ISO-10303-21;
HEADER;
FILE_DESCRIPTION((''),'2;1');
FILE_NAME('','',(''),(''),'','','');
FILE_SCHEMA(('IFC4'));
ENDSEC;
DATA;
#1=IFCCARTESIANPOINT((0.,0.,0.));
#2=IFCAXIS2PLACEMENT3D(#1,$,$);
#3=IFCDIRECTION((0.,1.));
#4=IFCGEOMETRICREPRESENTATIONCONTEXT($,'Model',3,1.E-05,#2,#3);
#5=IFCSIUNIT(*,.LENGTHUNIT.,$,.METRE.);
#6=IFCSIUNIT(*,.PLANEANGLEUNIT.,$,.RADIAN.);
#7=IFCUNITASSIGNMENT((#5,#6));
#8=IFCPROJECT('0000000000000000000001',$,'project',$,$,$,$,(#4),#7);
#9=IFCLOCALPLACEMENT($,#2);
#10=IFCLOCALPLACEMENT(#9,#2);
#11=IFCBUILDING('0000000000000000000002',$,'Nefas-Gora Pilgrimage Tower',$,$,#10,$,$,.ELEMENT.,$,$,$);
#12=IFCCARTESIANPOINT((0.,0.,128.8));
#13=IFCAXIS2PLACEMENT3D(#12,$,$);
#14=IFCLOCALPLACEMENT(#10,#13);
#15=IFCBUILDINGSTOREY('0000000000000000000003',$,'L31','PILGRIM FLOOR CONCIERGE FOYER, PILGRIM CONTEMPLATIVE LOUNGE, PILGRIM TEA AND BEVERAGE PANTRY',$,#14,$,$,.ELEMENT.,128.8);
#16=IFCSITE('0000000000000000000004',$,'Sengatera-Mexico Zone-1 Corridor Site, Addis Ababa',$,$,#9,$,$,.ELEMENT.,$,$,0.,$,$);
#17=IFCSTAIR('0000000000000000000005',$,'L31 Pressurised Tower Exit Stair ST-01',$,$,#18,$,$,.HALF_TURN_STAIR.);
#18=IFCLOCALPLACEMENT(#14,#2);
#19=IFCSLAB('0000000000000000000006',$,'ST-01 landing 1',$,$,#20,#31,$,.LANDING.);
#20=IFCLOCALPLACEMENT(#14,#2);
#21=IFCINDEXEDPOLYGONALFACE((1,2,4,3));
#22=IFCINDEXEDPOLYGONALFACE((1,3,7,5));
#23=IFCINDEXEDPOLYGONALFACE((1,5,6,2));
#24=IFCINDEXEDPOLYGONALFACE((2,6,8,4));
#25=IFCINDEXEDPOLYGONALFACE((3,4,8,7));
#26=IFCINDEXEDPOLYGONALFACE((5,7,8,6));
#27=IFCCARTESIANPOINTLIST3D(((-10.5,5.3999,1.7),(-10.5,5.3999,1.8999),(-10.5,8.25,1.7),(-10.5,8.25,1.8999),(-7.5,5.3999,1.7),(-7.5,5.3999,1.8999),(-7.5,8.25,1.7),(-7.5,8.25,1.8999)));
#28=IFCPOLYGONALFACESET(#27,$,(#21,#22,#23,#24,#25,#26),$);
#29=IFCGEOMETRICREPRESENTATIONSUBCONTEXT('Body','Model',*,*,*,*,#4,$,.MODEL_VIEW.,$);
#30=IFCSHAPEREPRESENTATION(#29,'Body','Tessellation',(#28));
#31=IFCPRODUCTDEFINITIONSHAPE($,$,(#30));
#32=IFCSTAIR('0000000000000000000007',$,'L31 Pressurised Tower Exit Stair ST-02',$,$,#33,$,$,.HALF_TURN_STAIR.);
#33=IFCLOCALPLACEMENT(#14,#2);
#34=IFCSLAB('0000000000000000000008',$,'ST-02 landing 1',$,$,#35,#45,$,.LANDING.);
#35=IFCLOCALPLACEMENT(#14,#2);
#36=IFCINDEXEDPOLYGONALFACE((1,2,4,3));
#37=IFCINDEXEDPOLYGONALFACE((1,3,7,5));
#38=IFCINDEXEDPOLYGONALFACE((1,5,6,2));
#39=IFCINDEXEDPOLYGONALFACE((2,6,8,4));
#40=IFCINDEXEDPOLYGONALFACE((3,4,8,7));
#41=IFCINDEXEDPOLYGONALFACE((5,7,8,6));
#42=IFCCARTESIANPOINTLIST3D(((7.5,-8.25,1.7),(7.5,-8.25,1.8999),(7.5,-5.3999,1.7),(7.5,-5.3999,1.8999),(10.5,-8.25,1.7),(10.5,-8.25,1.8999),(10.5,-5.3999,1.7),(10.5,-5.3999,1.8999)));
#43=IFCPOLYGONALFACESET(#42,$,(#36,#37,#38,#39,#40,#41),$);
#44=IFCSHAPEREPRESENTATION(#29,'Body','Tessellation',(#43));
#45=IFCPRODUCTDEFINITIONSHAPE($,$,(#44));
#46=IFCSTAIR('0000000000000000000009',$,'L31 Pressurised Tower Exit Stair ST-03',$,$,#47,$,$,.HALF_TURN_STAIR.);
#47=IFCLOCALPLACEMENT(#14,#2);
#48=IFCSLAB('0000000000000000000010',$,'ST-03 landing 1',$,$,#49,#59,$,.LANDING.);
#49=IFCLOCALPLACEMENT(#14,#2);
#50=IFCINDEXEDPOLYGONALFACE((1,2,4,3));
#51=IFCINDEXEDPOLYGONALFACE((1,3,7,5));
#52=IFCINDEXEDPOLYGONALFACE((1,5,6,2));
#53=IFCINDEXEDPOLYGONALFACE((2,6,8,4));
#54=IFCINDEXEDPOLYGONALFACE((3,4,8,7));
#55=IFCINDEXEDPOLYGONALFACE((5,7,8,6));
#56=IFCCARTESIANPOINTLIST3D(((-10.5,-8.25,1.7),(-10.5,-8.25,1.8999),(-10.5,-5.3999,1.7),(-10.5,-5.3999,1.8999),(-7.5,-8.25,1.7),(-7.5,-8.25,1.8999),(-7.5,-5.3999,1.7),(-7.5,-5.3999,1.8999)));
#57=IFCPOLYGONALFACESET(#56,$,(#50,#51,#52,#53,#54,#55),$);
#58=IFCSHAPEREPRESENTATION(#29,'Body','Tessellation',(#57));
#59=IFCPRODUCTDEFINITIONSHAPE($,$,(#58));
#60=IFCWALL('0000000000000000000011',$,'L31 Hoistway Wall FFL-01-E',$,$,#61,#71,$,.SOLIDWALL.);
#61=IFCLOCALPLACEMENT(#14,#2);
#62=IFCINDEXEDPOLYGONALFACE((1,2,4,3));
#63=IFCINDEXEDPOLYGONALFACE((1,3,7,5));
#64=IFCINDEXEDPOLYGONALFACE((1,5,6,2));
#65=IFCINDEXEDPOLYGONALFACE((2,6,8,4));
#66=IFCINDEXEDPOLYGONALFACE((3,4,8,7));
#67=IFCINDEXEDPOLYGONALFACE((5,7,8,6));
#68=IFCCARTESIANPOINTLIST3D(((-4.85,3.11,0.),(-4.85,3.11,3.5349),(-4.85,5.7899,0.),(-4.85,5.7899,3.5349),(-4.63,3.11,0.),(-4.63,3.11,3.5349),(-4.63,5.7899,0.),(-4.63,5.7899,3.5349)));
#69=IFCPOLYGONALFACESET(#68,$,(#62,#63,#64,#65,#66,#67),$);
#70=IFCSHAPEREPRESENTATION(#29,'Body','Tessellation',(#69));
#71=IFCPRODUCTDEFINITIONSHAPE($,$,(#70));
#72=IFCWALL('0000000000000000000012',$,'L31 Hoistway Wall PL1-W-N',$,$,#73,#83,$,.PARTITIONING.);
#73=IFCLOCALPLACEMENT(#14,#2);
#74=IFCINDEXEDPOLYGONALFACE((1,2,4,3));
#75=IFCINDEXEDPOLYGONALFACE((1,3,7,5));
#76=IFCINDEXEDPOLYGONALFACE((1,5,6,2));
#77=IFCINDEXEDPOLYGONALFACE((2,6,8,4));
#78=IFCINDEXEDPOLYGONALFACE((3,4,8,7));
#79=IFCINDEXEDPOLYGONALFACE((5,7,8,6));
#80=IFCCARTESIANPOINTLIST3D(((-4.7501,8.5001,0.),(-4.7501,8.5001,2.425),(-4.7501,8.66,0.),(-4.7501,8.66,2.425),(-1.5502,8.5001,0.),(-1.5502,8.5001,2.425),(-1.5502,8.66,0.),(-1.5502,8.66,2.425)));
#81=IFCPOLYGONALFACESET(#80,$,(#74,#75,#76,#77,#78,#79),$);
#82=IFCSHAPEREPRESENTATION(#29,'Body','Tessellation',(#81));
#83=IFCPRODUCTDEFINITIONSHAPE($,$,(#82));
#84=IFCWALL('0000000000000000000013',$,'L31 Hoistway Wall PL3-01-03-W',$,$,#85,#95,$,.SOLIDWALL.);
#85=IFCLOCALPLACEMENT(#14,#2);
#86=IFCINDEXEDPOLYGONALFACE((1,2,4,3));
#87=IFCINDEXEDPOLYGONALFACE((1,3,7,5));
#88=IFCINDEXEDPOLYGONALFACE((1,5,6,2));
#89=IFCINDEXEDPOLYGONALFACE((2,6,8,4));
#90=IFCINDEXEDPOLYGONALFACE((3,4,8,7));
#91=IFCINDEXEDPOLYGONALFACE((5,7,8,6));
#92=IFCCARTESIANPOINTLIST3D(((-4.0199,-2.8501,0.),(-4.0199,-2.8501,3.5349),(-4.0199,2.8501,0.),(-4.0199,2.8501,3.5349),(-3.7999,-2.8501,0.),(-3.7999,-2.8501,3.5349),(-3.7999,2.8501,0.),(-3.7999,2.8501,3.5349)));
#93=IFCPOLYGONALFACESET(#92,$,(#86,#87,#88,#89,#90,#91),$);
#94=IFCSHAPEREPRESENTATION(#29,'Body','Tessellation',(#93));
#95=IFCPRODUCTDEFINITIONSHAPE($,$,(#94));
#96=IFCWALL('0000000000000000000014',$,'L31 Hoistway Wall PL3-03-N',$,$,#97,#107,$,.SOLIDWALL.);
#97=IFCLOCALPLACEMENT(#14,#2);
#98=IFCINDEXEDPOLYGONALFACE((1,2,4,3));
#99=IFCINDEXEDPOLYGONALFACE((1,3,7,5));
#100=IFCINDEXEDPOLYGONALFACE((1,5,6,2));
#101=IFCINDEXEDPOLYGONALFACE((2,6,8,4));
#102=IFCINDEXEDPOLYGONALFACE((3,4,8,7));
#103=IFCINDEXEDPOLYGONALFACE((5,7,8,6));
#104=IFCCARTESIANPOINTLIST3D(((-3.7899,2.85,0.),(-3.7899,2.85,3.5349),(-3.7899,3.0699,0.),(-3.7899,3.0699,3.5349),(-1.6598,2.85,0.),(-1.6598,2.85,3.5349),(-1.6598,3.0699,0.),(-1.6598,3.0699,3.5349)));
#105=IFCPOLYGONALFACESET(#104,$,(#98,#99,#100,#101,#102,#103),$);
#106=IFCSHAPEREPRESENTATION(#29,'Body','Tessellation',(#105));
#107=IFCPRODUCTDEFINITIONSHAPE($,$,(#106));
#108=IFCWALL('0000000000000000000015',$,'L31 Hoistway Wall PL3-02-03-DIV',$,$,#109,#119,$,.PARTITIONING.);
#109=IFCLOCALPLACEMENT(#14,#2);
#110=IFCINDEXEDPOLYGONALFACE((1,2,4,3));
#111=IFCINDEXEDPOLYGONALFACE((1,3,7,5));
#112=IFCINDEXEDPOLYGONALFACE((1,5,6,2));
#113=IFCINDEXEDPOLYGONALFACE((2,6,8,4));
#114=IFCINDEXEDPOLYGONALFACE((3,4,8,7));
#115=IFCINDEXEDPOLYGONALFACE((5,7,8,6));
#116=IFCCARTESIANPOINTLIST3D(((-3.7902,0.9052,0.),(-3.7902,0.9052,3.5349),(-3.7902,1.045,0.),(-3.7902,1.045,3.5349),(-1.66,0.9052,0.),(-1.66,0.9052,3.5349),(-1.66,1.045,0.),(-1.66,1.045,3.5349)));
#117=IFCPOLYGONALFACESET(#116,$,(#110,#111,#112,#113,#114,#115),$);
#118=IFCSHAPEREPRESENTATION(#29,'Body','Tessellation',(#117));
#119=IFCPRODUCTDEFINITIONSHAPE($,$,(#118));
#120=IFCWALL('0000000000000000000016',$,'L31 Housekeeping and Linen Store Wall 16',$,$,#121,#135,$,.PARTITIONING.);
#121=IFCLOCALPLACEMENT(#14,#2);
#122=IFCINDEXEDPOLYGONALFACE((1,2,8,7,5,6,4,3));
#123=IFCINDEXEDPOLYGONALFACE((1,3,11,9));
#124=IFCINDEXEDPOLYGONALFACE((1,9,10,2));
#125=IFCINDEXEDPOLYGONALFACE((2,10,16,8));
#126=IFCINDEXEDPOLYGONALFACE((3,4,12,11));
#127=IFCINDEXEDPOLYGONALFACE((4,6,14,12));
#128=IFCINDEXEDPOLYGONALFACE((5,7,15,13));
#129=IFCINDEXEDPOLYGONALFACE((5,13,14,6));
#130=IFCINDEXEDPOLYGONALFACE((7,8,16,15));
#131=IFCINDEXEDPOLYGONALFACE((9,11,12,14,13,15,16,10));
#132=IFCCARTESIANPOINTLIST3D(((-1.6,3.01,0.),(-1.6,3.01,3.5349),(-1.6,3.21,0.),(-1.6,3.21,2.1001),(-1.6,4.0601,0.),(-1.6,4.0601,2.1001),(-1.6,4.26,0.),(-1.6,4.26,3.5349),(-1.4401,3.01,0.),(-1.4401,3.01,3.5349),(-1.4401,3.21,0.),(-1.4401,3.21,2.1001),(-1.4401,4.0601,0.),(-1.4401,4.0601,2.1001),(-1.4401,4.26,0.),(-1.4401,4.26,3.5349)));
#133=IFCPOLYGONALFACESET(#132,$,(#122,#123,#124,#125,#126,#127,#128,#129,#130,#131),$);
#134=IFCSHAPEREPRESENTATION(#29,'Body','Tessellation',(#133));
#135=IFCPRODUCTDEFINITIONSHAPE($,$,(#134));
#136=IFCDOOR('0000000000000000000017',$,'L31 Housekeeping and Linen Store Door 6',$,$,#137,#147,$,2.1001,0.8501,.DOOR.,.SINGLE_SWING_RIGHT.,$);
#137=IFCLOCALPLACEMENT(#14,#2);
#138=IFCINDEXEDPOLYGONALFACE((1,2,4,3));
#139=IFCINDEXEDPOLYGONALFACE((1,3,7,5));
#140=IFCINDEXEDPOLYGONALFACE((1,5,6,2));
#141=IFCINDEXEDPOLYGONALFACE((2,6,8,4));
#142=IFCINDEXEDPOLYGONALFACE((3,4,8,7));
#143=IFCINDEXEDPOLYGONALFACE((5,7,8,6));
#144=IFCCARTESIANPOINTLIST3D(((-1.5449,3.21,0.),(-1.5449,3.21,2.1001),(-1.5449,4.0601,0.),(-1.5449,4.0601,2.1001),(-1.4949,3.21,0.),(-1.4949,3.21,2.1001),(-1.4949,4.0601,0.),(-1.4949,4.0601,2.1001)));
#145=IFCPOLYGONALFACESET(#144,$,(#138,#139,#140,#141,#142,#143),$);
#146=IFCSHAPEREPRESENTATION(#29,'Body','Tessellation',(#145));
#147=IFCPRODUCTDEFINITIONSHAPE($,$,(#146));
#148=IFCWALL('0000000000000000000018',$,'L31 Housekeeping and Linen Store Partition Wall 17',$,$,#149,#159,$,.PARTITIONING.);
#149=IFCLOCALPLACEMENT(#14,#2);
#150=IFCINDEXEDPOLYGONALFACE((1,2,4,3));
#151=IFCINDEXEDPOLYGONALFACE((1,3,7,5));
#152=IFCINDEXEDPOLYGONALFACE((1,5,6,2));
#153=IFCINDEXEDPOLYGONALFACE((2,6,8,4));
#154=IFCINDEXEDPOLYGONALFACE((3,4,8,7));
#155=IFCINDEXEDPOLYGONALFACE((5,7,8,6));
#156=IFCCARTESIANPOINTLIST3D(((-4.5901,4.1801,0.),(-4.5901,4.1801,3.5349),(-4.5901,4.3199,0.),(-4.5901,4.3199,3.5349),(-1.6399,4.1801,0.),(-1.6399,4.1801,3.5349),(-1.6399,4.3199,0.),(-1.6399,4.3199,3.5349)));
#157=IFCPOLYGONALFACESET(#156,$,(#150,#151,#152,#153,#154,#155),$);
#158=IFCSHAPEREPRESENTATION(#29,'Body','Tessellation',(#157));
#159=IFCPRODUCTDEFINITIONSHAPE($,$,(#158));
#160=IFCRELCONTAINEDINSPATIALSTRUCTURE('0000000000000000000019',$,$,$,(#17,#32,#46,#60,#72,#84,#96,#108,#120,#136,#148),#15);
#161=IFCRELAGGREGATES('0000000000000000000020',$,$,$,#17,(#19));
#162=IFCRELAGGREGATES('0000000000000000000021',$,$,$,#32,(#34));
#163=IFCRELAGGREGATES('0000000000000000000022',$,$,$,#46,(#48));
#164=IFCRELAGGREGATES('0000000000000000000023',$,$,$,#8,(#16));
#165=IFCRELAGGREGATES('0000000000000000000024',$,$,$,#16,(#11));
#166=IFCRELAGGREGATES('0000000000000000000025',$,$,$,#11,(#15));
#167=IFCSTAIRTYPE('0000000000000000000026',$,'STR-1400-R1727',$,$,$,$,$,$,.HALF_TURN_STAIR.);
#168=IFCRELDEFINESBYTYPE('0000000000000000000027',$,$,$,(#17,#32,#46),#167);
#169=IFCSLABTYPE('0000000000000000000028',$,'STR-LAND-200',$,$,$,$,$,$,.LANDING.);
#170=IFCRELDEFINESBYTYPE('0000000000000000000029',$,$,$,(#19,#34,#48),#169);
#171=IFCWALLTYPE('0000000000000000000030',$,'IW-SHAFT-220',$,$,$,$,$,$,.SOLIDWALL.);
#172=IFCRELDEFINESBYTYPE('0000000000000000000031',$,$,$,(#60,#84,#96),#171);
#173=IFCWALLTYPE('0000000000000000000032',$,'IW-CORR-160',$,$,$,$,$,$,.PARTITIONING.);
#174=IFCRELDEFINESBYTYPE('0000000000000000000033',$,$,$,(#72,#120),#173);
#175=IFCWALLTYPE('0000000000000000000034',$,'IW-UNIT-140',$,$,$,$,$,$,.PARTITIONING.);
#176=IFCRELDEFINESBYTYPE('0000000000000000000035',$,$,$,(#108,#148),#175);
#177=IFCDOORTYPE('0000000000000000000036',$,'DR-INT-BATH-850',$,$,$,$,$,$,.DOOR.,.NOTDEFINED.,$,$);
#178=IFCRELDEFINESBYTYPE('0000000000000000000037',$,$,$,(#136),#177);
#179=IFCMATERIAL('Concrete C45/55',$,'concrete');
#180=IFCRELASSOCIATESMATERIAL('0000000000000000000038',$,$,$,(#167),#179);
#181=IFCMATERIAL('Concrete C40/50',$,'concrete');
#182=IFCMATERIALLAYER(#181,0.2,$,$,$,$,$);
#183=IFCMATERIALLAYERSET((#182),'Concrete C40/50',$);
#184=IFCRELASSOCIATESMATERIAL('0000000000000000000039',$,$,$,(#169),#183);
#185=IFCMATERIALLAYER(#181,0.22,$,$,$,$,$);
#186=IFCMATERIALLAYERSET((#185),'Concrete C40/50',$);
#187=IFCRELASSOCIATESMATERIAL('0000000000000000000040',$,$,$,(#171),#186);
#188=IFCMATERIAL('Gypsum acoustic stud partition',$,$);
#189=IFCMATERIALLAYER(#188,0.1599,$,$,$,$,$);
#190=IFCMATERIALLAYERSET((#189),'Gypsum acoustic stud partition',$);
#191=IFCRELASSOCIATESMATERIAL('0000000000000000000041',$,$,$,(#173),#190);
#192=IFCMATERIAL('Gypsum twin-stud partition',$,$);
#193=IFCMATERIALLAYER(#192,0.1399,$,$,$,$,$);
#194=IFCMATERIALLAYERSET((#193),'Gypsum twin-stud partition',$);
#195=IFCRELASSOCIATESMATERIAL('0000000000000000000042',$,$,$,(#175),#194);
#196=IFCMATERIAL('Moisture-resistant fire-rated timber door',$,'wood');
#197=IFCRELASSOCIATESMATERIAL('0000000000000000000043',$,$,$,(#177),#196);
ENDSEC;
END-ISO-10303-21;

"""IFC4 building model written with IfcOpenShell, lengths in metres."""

from ifc_helpers import new_model, si_unit, direction, frame, frame_2d, origin, place, context, subcontext, project, spatial, polyline, rectangle, outline, extrude, source, transform, mapped, material, layer, layer_set, type_object, element, fill, aggregate, save


model = new_model("IFC4")

# Units and contexts
model_context = context("Model", 3, precision=1e-05, world=origin(), true_north=direction((0.0, 1.0)))
body_context = subcontext(model_context, "Body", "Model", "MODEL_VIEW")
ifc_project = project(units=[si_unit("LENGTHUNIT", "METRE"), si_unit("PLANEANGLEUNIT", "RADIAN")], contexts=[model_context])

# Site, building, storey
site_placement = place(None, origin())
site = spatial("IfcSite", under=ifc_project, at=site_placement, Name="Sengatera-Mexico Zone-1 Corridor Site, Addis Ababa", CompositionType="ELEMENT", RefElevation=0.0)
building_placement = place(site_placement, origin())
building = spatial("IfcBuilding", under=site, at=building_placement, Name="Nefas-Gora Pilgrimage Tower", CompositionType="ELEMENT")
storey_placement = place(building_placement, frame((0.0, 0.0, 128.8)))
storey = spatial("IfcBuildingStorey", under=building, at=storey_placement, Name="L31", Description="PILGRIM FLOOR CONCIERGE FOYER, PILGRIM CONTEMPLATIVE LOUNGE, PILGRIM TEA AND BEVERAGE PANTRY", CompositionType="ELEMENT", Elevation=128.8)

# Shared definitions
ifc_material_1 = material(Name="Concrete C40/50", Category="concrete")

# Stairs, slabs
ifc_material_2 = material(Name="Concrete C45/55", Category="concrete")
stair_type = type_object("IfcStairType", Name="STR-1400-R1727", PredefinedType="HALF_TURN_STAIR", material=ifc_material_2)
stair_1_placement = place(storey_placement, origin())
stair_1 = element("IfcStair", 1, at=stair_1_placement, inside=storey, type_object=stair_type, Name="L31 Pressurised Tower Exit Stair ST-01", PredefinedType="HALF_TURN_STAIR")
ifc_layer_1 = layer(ifc_material_1, 0.2)
ifc_layer_set_1 = layer_set([ifc_layer_1], Name="Concrete C40/50")
slab_type_1 = type_object("IfcSlabType", Name="STR-LAND-200", PredefinedType="LANDING", material=ifc_layer_set_1)
slab_1_placement = place(storey_placement, frame((0.0, 0.0, 1.7)))
slab_1 = element("IfcSlab", 2, at=slab_1_placement, type_object=slab_type_1, Name="ST-01 landing 1", PredefinedType="LANDING", context=body_context, shape_type="SweptSolid", body=[
    extrude(outline(polyline([(-7.5, 5.3999), (-7.5, 8.25), (-10.5, 8.25), (-10.5, 5.3999), (-7.5, 5.3999)])), origin(), (0.0, 0.0, 1.0), 0.2),
])
aggregate(stair_1, [slab_1])
stair_2_placement = place(storey_placement, origin())
stair_2 = element("IfcStair", 3, at=stair_2_placement, inside=storey, type_object=stair_type, Name="L31 Pressurised Tower Exit Stair ST-02", PredefinedType="HALF_TURN_STAIR")
slab_2_placement = place(storey_placement, frame((0.0, 0.0, 1.7)))
slab_2 = element("IfcSlab", 4, at=slab_2_placement, type_object=slab_type_1, Name="ST-02 landing 1", PredefinedType="LANDING", context=body_context, shape_type="SweptSolid", body=[
    extrude(outline(polyline([(7.5, -5.3999), (7.5, -8.25), (10.5, -8.25), (10.5, -5.3999), (7.5, -5.3999)])), origin(), (0.0, 0.0, 1.0), 0.2),
])
aggregate(stair_2, [slab_2])
stair_3_placement = place(storey_placement, origin())
stair_3 = element("IfcStair", 5, at=stair_3_placement, inside=storey, type_object=stair_type, Name="L31 Pressurised Tower Exit Stair ST-03", PredefinedType="HALF_TURN_STAIR")
slab_3_placement = place(storey_placement, frame((0.0, 0.0, 1.7)))
slab_3 = element("IfcSlab", 6, at=slab_3_placement, type_object=slab_type_1, Name="ST-03 landing 1", PredefinedType="LANDING", context=body_context, shape_type="SweptSolid", body=[
    extrude(outline(polyline([(-10.5, -5.3999), (-10.5, -8.25), (-7.5, -8.25), (-7.5, -5.3999), (-10.5, -5.3999)])), origin(), (0.0, 0.0, 1.0), 0.2),
])
aggregate(stair_3, [slab_3])

# Walls
ifc_layer_2 = layer(ifc_material_1, 0.22)
ifc_layer_set_2 = layer_set([ifc_layer_2], Name="Concrete C40/50")
wall_type_1 = type_object("IfcWallType", Name="IW-SHAFT-220", PredefinedType="SOLIDWALL", material=ifc_layer_set_2)
shared_shape_1 = source(origin(), body_context, "Body", "SweptSolid", [
    extrude(rectangle(XDim=2.6799, YDim=0.22, at=frame_2d((1.3398, 0.0))), origin(), (0.0, 0.0, 1.0), 3.5349),
])
wall_1_placement = place(storey_placement, frame((-4.74, 3.1101, 0.0), z_axis=(0.0, 0.0, 1.0), x_axis=(0.0, 1.0, 0.0)))
element("IfcWall", 7, at=wall_1_placement, inside=storey, type_object=wall_type_1, Name="L31 Hoistway Wall FFL-01-E", PredefinedType="SOLIDWALL", context=body_context, shape_type="MappedRepresentation", body=[
    mapped(shared_shape_1, transform((0.0, 0.0, 0.0), x_axis=(1.0, 0.0, 0.0), y_axis=(0.0, 1.0, 0.0), z_axis=(0.0, 0.0, 1.0), scale=1.0)),
])
ifc_material_3 = material(Name="Gypsum acoustic stud partition")
ifc_layer_3 = layer(ifc_material_3, 0.1599)
ifc_layer_set_3 = layer_set([ifc_layer_3], Name="Gypsum acoustic stud partition")
wall_type_2 = type_object("IfcWallType", Name="IW-CORR-160", PredefinedType="PARTITIONING", material=ifc_layer_set_3)
shared_shape_2 = source(origin(), body_context, "Body", "SweptSolid", [
    extrude(rectangle(XDim=3.2, YDim=0.1599, at=frame_2d((1.6001, 0.0))), origin(), (0.0, 0.0, 1.0), 2.425),
])
wall_2_placement = place(storey_placement, frame((-1.55, 8.5801, 0.0), z_axis=(0.0, 0.0, 1.0), x_axis=(-1.0, 0.0, 0.0)))
element("IfcWall", 8, at=wall_2_placement, inside=storey, type_object=wall_type_2, Name="L31 Hoistway Wall PL1-W-N", PredefinedType="PARTITIONING", context=body_context, shape_type="MappedRepresentation", body=[
    mapped(shared_shape_2, transform((0.0, 0.0, 0.0), x_axis=(1.0, 0.0, 0.0), y_axis=(0.0, 1.0, 0.0), z_axis=(0.0, 0.0, 1.0), scale=1.0)),
])
ifc_material_4 = material(Name="Gypsum twin-stud partition")
ifc_layer_4 = layer(ifc_material_4, 0.1399)
ifc_layer_set_4 = layer_set([ifc_layer_4], Name="Gypsum twin-stud partition")
wall_type_3 = type_object("IfcWallType", Name="IW-UNIT-140", PredefinedType="PARTITIONING", material=ifc_layer_set_4)
shared_shape_3 = source(origin(), body_context, "Body", "SweptSolid", [
    extrude(rectangle(XDim=5.7002, YDim=0.22, at=frame_2d((2.8501, 0.0))), origin(), (0.0, 0.0, 1.0), 3.5349),
])
wall_3_placement = place(storey_placement, frame((-3.9099, 2.8501, 0.0), z_axis=(0.0, 0.0, 1.0), x_axis=(0.0, -1.0, 0.0)))
element("IfcWall", 9, at=wall_3_placement, inside=storey, type_object=wall_type_1, Name="L31 Hoistway Wall PL3-01-03-W", PredefinedType="SOLIDWALL", context=body_context, shape_type="MappedRepresentation", body=[
    mapped(shared_shape_3, transform((0.0, 0.0, 0.0), x_axis=(1.0, 0.0, 0.0), y_axis=(0.0, 1.0, 0.0), z_axis=(0.0, 0.0, 1.0), scale=1.0)),
])
shared_shape_4 = source(origin(), body_context, "Body", "SweptSolid", [
    extrude(rectangle(XDim=2.1301, YDim=0.22, at=frame_2d((1.0649, 0.0))), origin(), (0.0, 0.0, 1.0), 3.5349),
])
wall_4_placement = place(storey_placement, frame((-1.6599, 2.96, 0.0), z_axis=(0.0, 0.0, 1.0), x_axis=(-1.0, 0.0, 0.0)))
element("IfcWall", 10, at=wall_4_placement, inside=storey, type_object=wall_type_1, Name="L31 Hoistway Wall PL3-03-N", PredefinedType="SOLIDWALL", context=body_context, shape_type="MappedRepresentation", body=[
    mapped(shared_shape_4, transform((0.0, 0.0, 0.0), x_axis=(1.0, 0.0, 0.0), y_axis=(0.0, 1.0, 0.0), z_axis=(0.0, 0.0, 1.0), scale=1.0)),
])
shared_shape_5 = source(origin(), body_context, "Body", "SweptSolid", [
    extrude(rectangle(XDim=2.1301, YDim=0.1399, at=frame_2d((1.0649, 0.0))), origin(), (0.0, 0.0, 1.0), 3.5349),
])
wall_5_placement = place(storey_placement, frame((-3.79, 0.9751, 0.0), z_axis=(0.0, 0.0, 1.0), x_axis=(1.0, 0.0, 0.0)))
element("IfcWall", 11, at=wall_5_placement, inside=storey, type_object=wall_type_3, Name="L31 Hoistway Wall PL3-02-03-DIV", PredefinedType="PARTITIONING", context=body_context, shape_type="MappedRepresentation", body=[
    mapped(shared_shape_5, transform((0.0, 0.0, 0.0), x_axis=(1.0, 0.0, 0.0), y_axis=(0.0, 1.0, 0.0), z_axis=(0.0, 0.0, 1.0), scale=1.0)),
])

# Wall, opening, door
shared_shape_6 = source(origin(), body_context, "Body", "SweptSolid", [
    extrude(rectangle(XDim=1.25, YDim=0.1599, at=frame_2d((0.625, 0.0))), origin(), (0.0, 0.0, 1.0), 3.5349),
])
wall_6_placement = place(storey_placement, frame((-1.52, 3.01, 0.0), z_axis=(0.0, 0.0, 1.0), x_axis=(0.0, 1.0, 0.0)))
wall_6 = element("IfcWall", 12, at=wall_6_placement, inside=storey, type_object=wall_type_2, Name="L31 Housekeeping and Linen Store Wall 16", PredefinedType="PARTITIONING", context=body_context, shape_type="MappedRepresentation", body=[
    mapped(shared_shape_6, transform((0.0, 0.0, 0.0), x_axis=(1.0, 0.0, 0.0), y_axis=(0.0, 1.0, 0.0), z_axis=(0.0, 0.0, 1.0), scale=1.0)),
])
opening_1_placement = place(wall_6_placement, frame((0.2, 0.0, 0.0)))
opening_1 = element("IfcOpeningElement", 13, at=opening_1_placement, cuts=wall_6, PredefinedType="OPENING", context=body_context, shape_type="SweptSolid", body=[
    extrude(rectangle(XDim=0.8501, YDim=2.1001, at=frame_2d((0.425, 1.05))), frame((0.0, 0.0898, 0.0), z_axis=(0.0, -1.0, 0.0), x_axis=(1.0, 0.0, 0.0)), (0.0, 0.0, 1.0), 0.1799),
])
ifc_material_5 = material(Name="Moisture-resistant fire-rated timber door", Category="wood")
door_type_1 = type_object("IfcDoorType", Name="DR-INT-BATH-850", OperationType="NOTDEFINED", PredefinedType="DOOR", material=ifc_material_5)
shared_shape_7 = source(origin(), body_context, "Body", "SweptSolid", [
    extrude(rectangle(XDim=0.8501, YDim=2.1001, at=frame_2d((0.425, 1.05))), frame((0.0, 0.0249, 0.0), z_axis=(0.0, -1.0, 0.0), x_axis=(1.0, 0.0, 0.0)), (0.0, 0.0, 1.0), 0.05),
])
door_1_placement = place(opening_1_placement, origin())
door_1 = element("IfcDoor", 14, at=door_1_placement, inside=storey, type_object=door_type_1, Name="L31 Housekeeping and Linen Store Door 6", OperationType="SINGLE_SWING_RIGHT", OverallHeight=2.1001, OverallWidth=0.8501, PredefinedType="DOOR", context=body_context, shape_type="MappedRepresentation", body=[
    mapped(shared_shape_7, transform((0.0, 0.0, 0.0), x_axis=(1.0, 0.0, 0.0), y_axis=(0.0, 1.0, 0.0), z_axis=(0.0, 0.0, 1.0), scale=1.0)),
])
fill(opening_1, door_1)

# Wall
shared_shape_8 = source(origin(), body_context, "Body", "SweptSolid", [
    extrude(rectangle(XDim=2.9502, YDim=0.1399, at=frame_2d((1.4751, 0.0))), origin(), (0.0, 0.0, 1.0), 3.5349),
])
wall_7_placement = place(storey_placement, frame((-4.5901, 4.25, 0.0), z_axis=(0.0, 0.0, 1.0), x_axis=(1.0, 0.0, 0.0)))
element("IfcWall", 15, at=wall_7_placement, inside=storey, type_object=wall_type_3, Name="L31 Housekeeping and Linen Store Partition Wall 17", PredefinedType="PARTITIONING", context=body_context, shape_type="MappedRepresentation", body=[
    mapped(shared_shape_8, transform((0.0, 0.0, 0.0), x_axis=(1.0, 0.0, 0.0), y_axis=(0.0, 1.0, 0.0), z_axis=(0.0, 0.0, 1.0), scale=1.0)),
])

save(model, "model.ifc")
